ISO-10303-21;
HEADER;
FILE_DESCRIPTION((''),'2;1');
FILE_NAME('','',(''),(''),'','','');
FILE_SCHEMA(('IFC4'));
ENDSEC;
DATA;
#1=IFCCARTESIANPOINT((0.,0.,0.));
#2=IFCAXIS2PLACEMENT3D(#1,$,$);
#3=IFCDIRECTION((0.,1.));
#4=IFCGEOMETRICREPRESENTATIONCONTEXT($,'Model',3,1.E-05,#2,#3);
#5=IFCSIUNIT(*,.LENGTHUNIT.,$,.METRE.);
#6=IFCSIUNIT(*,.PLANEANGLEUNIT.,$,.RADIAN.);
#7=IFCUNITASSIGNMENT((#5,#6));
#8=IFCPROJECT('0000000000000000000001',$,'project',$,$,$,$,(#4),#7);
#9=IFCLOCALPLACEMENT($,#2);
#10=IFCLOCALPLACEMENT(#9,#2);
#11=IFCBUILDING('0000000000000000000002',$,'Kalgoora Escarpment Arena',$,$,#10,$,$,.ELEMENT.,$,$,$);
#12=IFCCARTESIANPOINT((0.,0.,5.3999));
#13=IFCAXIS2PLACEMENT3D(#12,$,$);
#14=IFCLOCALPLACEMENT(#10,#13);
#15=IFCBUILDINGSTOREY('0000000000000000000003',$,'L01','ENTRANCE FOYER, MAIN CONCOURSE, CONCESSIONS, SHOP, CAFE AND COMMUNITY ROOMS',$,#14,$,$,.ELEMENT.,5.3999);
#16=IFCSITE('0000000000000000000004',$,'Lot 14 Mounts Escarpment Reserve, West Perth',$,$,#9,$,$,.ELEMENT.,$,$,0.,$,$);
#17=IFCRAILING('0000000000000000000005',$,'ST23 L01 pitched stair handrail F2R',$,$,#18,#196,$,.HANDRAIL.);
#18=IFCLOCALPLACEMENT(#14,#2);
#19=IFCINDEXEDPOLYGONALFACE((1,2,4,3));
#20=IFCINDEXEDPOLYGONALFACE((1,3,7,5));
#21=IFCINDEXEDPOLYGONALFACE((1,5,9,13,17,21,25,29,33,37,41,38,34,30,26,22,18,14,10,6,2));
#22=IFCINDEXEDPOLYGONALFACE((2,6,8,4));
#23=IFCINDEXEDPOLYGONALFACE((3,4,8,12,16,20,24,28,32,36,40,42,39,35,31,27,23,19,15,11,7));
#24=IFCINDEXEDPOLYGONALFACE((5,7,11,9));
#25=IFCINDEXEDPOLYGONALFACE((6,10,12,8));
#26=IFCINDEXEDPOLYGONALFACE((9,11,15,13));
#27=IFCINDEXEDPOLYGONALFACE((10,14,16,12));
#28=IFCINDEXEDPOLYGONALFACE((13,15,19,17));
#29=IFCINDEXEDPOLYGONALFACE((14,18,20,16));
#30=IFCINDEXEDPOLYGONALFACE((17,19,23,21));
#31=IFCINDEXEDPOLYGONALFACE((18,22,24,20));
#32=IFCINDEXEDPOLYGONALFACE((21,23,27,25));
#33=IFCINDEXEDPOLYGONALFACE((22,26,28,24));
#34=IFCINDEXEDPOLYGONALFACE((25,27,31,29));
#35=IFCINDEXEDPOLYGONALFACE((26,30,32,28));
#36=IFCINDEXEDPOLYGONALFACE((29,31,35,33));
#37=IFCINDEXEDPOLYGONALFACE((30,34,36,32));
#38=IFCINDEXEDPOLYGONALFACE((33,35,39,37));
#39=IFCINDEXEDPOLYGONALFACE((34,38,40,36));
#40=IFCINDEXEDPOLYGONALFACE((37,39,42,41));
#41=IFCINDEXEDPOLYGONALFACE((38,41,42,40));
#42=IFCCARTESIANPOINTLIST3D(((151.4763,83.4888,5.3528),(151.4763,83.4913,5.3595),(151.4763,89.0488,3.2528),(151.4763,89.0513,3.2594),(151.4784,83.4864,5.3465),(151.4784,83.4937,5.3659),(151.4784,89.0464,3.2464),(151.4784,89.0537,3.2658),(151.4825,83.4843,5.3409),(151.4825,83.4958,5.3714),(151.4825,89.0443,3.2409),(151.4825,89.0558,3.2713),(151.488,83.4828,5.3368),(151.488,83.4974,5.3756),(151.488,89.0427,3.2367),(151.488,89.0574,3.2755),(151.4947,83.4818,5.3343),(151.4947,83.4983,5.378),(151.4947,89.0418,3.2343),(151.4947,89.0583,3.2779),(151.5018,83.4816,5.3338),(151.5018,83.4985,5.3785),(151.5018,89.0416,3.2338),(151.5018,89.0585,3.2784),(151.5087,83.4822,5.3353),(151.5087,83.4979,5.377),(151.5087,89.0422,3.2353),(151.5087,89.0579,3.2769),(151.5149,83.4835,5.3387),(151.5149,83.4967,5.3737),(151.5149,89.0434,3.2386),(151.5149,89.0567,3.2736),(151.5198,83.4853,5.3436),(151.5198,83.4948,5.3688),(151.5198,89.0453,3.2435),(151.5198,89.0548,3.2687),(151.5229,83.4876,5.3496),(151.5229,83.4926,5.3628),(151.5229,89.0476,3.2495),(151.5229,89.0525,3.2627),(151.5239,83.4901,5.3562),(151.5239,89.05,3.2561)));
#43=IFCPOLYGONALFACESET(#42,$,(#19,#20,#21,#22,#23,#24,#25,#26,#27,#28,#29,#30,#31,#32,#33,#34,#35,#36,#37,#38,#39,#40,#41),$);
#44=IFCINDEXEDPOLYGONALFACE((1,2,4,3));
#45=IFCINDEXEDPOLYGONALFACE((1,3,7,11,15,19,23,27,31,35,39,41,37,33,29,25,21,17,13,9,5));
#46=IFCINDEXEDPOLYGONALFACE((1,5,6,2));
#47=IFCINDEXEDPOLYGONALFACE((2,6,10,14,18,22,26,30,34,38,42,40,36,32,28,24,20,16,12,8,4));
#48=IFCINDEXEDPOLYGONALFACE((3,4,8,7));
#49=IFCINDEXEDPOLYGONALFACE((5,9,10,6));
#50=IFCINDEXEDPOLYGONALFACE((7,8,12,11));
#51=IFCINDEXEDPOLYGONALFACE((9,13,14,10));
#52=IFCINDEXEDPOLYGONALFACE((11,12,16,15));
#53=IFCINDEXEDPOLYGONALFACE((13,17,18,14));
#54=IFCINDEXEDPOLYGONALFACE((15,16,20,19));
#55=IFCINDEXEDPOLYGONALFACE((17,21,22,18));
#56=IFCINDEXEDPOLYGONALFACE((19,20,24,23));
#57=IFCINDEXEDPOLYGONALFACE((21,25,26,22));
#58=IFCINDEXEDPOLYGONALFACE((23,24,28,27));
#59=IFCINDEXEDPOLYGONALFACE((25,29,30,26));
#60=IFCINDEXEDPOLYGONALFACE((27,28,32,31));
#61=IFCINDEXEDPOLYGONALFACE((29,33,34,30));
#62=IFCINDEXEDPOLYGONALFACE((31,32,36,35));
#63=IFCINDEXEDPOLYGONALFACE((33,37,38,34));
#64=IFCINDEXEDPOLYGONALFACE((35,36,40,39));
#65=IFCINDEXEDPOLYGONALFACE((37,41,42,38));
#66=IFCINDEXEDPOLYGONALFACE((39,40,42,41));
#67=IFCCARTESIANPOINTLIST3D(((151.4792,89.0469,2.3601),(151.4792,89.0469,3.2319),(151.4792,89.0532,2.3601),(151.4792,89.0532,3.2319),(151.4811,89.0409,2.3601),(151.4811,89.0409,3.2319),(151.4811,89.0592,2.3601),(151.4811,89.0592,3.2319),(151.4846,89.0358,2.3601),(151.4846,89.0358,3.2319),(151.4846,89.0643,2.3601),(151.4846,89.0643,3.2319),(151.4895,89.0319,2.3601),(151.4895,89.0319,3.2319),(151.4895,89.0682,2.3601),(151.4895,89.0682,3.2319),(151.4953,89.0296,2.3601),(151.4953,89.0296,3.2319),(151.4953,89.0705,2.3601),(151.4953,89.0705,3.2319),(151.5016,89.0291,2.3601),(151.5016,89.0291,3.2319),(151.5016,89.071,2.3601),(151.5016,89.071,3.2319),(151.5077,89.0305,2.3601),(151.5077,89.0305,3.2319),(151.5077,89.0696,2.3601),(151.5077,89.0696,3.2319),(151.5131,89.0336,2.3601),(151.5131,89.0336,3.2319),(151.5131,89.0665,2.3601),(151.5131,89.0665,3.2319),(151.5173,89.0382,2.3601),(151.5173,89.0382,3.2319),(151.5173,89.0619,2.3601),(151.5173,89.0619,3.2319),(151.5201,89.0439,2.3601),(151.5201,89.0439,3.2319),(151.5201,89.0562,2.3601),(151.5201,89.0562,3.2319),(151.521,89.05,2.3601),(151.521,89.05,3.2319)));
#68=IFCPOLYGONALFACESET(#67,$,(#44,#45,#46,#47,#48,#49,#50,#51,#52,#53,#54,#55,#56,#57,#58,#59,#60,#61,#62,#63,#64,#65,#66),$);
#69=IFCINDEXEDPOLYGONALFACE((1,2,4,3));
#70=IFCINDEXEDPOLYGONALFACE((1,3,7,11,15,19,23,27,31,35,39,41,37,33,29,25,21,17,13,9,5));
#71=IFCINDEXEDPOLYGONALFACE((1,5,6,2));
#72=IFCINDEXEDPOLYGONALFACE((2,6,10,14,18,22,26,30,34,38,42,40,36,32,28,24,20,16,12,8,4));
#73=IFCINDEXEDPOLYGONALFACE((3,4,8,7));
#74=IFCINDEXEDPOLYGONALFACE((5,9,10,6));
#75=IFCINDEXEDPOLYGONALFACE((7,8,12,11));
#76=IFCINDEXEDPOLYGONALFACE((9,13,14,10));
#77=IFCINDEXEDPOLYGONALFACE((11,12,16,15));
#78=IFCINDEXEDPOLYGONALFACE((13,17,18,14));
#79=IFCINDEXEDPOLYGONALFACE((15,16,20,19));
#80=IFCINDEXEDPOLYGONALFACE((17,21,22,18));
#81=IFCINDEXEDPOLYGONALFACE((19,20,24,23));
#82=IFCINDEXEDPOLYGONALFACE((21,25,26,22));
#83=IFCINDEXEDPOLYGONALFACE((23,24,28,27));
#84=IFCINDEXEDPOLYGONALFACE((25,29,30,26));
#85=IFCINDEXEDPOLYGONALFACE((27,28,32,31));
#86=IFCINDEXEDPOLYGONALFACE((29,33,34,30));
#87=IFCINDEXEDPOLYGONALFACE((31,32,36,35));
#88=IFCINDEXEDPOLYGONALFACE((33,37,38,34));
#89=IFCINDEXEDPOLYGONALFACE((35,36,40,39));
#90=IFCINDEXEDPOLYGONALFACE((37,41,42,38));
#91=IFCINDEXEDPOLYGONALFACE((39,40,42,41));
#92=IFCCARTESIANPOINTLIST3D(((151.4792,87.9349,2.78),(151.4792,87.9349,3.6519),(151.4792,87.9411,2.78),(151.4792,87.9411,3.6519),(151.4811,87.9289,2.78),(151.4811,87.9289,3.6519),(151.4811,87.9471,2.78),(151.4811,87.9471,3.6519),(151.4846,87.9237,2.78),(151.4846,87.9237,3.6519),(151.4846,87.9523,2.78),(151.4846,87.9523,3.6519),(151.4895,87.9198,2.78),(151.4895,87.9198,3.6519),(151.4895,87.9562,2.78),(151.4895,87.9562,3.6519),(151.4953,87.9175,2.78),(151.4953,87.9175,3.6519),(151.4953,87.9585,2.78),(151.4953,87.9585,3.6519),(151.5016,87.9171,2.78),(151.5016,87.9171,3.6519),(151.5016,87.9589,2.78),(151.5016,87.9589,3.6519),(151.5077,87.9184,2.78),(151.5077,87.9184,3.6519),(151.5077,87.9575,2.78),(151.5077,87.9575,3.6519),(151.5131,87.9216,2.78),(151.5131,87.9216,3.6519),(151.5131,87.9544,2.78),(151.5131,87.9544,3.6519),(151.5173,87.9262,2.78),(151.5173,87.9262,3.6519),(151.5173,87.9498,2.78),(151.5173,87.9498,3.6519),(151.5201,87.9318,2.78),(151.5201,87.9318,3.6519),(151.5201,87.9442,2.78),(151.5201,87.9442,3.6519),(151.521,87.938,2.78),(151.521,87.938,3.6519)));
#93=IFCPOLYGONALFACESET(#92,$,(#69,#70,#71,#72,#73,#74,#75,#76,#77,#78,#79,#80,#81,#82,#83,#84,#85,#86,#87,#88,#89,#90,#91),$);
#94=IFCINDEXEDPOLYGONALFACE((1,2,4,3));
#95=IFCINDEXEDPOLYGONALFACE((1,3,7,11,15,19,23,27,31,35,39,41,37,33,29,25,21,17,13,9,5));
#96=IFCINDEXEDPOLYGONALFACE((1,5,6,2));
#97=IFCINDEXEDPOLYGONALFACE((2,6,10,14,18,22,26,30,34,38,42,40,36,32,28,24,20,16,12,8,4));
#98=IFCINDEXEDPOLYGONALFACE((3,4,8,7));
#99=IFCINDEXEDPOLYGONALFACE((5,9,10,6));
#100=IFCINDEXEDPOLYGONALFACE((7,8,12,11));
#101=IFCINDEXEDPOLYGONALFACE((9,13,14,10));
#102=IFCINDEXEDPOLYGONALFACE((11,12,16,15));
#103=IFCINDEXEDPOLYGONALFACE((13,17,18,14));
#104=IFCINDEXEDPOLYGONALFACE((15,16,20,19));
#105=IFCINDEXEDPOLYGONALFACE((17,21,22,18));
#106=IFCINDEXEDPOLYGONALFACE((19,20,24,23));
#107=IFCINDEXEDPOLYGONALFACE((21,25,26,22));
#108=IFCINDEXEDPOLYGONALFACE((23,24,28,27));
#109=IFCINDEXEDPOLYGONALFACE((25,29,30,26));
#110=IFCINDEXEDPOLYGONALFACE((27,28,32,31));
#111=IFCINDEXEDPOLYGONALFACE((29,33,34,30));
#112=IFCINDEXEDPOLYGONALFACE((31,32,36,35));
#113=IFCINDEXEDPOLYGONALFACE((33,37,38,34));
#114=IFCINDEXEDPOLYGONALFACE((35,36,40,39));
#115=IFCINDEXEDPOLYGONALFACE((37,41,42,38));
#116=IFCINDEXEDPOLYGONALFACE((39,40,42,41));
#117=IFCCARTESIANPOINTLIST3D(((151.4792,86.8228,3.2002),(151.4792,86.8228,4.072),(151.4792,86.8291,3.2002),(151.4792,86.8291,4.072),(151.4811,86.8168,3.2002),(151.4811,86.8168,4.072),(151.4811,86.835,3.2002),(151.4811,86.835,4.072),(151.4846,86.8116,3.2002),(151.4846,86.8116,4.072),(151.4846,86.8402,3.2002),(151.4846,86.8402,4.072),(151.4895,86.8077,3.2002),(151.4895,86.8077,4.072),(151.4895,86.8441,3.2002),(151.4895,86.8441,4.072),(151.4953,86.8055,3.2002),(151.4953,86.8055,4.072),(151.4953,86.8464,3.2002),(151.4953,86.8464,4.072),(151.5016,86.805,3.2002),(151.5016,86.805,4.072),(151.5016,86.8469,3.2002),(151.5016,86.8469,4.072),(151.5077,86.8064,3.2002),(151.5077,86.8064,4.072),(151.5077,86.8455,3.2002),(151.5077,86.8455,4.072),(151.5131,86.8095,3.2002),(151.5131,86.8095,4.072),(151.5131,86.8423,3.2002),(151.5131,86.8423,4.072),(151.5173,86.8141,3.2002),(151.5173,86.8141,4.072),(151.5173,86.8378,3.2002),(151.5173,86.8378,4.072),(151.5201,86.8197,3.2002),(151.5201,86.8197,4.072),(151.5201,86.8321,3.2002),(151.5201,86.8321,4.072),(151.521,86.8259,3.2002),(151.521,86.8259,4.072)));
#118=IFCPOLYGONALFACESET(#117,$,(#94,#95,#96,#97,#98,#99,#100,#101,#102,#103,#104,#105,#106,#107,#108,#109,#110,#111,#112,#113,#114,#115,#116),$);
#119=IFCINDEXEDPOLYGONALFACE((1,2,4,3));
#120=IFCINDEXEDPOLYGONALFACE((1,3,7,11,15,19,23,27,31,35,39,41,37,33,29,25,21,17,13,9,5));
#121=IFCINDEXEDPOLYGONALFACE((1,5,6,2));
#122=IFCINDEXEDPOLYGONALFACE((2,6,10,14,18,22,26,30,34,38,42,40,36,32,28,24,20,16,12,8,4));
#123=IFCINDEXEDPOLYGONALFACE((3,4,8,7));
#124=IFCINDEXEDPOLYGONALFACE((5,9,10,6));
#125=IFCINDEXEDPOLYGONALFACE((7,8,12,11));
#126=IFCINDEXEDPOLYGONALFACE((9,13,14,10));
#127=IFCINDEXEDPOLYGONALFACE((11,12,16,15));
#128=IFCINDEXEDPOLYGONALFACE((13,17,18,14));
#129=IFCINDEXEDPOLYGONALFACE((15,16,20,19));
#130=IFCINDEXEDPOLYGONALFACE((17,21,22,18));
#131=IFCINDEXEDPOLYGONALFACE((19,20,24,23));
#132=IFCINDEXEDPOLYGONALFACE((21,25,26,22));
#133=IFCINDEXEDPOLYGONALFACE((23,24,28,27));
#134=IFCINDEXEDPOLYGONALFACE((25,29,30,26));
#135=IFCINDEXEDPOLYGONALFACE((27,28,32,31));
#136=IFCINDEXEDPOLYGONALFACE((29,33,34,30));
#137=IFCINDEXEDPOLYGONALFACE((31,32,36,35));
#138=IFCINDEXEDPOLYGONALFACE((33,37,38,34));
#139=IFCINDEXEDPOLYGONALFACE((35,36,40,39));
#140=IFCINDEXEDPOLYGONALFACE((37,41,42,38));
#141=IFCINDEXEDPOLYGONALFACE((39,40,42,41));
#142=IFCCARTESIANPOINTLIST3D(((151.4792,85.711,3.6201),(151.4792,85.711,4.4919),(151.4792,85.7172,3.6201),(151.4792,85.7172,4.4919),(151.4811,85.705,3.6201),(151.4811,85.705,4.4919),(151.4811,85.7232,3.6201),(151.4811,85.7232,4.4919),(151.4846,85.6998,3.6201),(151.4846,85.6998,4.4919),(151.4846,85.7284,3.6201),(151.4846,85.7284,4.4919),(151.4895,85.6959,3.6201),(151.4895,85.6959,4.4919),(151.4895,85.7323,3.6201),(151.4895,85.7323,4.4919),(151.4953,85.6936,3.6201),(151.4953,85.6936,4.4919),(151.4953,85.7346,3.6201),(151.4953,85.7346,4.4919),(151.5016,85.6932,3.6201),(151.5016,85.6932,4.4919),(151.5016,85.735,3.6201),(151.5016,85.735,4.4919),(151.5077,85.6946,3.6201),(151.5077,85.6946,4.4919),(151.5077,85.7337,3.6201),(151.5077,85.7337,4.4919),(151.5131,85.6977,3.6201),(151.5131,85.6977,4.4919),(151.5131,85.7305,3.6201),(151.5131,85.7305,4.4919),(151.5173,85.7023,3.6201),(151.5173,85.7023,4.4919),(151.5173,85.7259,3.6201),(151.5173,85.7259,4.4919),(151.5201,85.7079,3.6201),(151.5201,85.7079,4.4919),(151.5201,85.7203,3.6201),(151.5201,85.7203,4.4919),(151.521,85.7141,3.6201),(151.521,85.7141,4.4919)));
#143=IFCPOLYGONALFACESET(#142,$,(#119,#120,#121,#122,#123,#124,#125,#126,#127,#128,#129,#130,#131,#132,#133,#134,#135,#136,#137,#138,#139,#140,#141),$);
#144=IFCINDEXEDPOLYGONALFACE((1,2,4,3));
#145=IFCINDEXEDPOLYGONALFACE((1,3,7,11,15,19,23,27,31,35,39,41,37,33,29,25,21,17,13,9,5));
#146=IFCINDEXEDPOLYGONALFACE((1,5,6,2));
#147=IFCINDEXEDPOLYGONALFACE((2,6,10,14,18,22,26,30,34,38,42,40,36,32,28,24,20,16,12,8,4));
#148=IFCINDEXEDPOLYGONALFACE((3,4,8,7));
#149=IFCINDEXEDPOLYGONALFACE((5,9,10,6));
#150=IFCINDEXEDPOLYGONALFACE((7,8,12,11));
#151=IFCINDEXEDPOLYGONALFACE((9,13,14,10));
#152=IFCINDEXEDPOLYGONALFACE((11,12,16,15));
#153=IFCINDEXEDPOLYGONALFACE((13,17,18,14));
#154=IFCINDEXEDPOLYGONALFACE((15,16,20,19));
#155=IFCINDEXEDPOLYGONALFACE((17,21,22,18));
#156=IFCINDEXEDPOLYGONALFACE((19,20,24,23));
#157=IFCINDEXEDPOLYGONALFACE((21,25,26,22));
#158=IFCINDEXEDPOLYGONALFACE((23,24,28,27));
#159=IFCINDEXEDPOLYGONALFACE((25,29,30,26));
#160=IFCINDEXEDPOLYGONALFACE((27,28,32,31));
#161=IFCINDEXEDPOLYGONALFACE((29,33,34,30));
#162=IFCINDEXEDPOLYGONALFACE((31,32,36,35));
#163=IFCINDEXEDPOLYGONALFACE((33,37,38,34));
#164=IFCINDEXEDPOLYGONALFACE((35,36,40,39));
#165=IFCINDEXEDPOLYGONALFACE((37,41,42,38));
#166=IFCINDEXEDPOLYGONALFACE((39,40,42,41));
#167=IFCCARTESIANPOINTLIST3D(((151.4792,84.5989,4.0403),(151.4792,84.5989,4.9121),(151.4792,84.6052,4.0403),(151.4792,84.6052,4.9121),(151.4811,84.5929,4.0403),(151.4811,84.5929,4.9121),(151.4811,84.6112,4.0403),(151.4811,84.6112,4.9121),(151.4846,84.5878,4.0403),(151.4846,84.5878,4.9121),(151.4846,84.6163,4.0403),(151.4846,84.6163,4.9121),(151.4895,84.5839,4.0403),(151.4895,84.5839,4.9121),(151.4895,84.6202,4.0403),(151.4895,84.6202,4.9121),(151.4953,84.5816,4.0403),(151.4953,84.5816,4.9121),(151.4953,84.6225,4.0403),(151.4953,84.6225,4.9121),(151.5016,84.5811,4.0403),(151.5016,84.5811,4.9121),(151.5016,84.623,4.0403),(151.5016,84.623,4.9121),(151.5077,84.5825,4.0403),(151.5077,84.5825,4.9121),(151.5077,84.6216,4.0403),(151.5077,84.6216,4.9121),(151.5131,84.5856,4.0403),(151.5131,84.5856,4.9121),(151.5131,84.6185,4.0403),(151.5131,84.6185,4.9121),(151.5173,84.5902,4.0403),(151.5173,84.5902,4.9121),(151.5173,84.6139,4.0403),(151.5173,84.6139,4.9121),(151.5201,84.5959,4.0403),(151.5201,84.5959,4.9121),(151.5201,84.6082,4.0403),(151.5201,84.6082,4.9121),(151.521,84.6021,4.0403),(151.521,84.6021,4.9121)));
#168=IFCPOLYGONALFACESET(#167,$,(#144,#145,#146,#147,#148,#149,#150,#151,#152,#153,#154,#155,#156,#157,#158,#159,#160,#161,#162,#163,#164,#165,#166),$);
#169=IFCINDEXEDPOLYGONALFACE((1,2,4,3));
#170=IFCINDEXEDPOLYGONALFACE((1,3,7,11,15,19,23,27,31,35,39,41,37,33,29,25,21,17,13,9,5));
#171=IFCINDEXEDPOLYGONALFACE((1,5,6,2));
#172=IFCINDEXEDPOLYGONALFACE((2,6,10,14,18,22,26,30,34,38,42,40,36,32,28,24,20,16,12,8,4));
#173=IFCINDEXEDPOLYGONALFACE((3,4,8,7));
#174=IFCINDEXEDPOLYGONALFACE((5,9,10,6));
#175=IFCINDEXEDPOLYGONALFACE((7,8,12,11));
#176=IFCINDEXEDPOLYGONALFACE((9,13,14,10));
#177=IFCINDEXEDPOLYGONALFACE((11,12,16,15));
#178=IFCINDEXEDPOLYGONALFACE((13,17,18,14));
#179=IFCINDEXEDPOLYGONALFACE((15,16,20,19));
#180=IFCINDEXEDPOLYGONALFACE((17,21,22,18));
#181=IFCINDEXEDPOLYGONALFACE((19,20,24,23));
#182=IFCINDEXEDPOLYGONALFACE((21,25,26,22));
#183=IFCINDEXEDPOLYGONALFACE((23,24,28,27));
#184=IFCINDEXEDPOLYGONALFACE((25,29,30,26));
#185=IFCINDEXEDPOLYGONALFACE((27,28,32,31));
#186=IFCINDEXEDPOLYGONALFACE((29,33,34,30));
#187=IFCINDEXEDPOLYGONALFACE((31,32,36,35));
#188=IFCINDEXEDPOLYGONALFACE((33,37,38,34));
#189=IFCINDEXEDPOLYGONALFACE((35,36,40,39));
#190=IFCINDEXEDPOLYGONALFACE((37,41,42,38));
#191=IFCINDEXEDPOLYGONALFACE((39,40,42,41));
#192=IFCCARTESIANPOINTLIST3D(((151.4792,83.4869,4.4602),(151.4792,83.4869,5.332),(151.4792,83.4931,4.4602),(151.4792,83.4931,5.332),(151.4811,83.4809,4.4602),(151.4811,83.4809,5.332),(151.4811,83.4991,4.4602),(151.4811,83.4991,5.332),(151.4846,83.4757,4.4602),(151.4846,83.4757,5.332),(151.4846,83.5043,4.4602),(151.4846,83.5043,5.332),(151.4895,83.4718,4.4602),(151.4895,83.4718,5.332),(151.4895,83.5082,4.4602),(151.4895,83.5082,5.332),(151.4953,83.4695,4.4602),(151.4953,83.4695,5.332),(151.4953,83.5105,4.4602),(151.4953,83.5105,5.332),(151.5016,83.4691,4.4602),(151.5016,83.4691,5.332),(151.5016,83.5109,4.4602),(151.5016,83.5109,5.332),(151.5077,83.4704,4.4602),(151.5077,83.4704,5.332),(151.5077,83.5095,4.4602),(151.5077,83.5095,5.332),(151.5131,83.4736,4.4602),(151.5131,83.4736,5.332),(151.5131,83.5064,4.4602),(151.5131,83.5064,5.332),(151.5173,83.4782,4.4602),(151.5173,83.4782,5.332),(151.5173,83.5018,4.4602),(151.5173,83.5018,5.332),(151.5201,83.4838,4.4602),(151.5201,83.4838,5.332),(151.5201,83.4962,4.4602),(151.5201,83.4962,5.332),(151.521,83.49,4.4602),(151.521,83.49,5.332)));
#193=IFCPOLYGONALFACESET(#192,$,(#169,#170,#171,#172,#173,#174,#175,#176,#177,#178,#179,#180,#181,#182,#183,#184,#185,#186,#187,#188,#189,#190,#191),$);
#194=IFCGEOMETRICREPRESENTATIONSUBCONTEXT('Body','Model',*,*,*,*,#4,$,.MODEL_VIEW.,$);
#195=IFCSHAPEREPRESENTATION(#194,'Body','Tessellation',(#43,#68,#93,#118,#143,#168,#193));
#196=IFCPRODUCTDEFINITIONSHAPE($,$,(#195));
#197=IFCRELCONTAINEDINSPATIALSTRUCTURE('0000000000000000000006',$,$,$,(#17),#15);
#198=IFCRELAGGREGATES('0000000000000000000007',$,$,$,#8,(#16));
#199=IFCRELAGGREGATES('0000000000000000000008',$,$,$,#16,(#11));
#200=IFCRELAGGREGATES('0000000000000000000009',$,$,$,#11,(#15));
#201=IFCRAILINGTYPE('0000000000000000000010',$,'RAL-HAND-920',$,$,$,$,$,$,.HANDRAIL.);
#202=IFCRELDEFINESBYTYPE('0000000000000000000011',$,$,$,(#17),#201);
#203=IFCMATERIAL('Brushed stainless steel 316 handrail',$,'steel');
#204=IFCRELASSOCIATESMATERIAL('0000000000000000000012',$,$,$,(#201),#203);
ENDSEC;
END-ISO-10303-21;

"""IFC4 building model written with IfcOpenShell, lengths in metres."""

from ifc_helpers import new_model, si_unit, direction, frame, origin, origin_2d, place, context, subcontext, project, spatial, circle, extrude, material, type_object, element, save


model = new_model("IFC4")

# Units and contexts
model_context = context("Model", 3, precision=1e-05, world=origin(), true_north=direction((0.0, 1.0)))
body_context = subcontext(model_context, "Body", "Model", "MODEL_VIEW")
ifc_project = project(units=[si_unit("LENGTHUNIT", "METRE"), si_unit("PLANEANGLEUNIT", "RADIAN")], contexts=[model_context])

# Site, building, storey
site_placement = place(None, origin())
site = spatial("IfcSite", under=ifc_project, at=site_placement, Name="Lot 14 Mounts Escarpment Reserve, West Perth", CompositionType="ELEMENT", RefElevation=0.0)
building_placement = place(site_placement, origin())
building = spatial("IfcBuilding", under=site, at=building_placement, Name="Kalgoora Escarpment Arena", CompositionType="ELEMENT")
storey_placement = place(building_placement, frame((0.0, 0.0, 5.3999)))
storey = spatial("IfcBuildingStorey", under=building, at=storey_placement, Name="L01", Description="ENTRANCE FOYER, MAIN CONCOURSE, CONCESSIONS, SHOP, CAFE AND COMMUNITY ROOMS", CompositionType="ELEMENT", Elevation=5.3999)

# Railing
ifc_material_1 = material(Name="Brushed stainless steel 316 handrail", Category="steel")
railing_type_1 = type_object("IfcRailingType", Name="RAL-HAND-920", PredefinedType="HANDRAIL", material=ifc_material_1)
for number, where, name in (
    (1, (151.5, 89.05, 2.3601), "ST23 L01 pitched stair handrail F2R"),
):
    element("IfcRailing", number, at=place(storey_placement, frame(where)), inside=storey, type_object=railing_type_1, Name=name, PredefinedType="HANDRAIL", context=body_context, shape_type="SweptSolid", body=[
        extrude(circle(Radius=0.0239, at=origin_2d()), frame((0.0, 0.0, 0.896), z_axis=(0.0, -0.935493, 0.353346), x_axis=(1.0, 0.0, 0.0)), (0.0, 0.0, 1.0), 5.9434),
        extrude(circle(Radius=0.021, at=origin_2d()), origin(), (0.0, 0.0, 1.0), 0.8718),
        extrude(circle(Radius=0.021, at=origin_2d()), frame((0.0, -1.1121, 0.4199)), (0.0, 0.0, 1.0), 0.8718),
        extrude(circle(Radius=0.021, at=origin_2d()), frame((0.0, -2.2241, 0.8401)), (0.0, 0.0, 1.0), 0.8718),
        extrude(circle(Radius=0.021, at=origin_2d()), frame((0.0, -3.3359, 1.26)), (0.0, 0.0, 1.0), 0.8718),
        extrude(circle(Radius=0.021, at=origin_2d()), frame((0.0, -4.448, 1.6802)), (0.0, 0.0, 1.0), 0.8718),
        extrude(circle(Radius=0.021, at=origin_2d()), frame((0.0, -5.5601, 2.1001)), (0.0, 0.0, 1.0), 0.8718),
    ])

save(model, "model.ifc")
